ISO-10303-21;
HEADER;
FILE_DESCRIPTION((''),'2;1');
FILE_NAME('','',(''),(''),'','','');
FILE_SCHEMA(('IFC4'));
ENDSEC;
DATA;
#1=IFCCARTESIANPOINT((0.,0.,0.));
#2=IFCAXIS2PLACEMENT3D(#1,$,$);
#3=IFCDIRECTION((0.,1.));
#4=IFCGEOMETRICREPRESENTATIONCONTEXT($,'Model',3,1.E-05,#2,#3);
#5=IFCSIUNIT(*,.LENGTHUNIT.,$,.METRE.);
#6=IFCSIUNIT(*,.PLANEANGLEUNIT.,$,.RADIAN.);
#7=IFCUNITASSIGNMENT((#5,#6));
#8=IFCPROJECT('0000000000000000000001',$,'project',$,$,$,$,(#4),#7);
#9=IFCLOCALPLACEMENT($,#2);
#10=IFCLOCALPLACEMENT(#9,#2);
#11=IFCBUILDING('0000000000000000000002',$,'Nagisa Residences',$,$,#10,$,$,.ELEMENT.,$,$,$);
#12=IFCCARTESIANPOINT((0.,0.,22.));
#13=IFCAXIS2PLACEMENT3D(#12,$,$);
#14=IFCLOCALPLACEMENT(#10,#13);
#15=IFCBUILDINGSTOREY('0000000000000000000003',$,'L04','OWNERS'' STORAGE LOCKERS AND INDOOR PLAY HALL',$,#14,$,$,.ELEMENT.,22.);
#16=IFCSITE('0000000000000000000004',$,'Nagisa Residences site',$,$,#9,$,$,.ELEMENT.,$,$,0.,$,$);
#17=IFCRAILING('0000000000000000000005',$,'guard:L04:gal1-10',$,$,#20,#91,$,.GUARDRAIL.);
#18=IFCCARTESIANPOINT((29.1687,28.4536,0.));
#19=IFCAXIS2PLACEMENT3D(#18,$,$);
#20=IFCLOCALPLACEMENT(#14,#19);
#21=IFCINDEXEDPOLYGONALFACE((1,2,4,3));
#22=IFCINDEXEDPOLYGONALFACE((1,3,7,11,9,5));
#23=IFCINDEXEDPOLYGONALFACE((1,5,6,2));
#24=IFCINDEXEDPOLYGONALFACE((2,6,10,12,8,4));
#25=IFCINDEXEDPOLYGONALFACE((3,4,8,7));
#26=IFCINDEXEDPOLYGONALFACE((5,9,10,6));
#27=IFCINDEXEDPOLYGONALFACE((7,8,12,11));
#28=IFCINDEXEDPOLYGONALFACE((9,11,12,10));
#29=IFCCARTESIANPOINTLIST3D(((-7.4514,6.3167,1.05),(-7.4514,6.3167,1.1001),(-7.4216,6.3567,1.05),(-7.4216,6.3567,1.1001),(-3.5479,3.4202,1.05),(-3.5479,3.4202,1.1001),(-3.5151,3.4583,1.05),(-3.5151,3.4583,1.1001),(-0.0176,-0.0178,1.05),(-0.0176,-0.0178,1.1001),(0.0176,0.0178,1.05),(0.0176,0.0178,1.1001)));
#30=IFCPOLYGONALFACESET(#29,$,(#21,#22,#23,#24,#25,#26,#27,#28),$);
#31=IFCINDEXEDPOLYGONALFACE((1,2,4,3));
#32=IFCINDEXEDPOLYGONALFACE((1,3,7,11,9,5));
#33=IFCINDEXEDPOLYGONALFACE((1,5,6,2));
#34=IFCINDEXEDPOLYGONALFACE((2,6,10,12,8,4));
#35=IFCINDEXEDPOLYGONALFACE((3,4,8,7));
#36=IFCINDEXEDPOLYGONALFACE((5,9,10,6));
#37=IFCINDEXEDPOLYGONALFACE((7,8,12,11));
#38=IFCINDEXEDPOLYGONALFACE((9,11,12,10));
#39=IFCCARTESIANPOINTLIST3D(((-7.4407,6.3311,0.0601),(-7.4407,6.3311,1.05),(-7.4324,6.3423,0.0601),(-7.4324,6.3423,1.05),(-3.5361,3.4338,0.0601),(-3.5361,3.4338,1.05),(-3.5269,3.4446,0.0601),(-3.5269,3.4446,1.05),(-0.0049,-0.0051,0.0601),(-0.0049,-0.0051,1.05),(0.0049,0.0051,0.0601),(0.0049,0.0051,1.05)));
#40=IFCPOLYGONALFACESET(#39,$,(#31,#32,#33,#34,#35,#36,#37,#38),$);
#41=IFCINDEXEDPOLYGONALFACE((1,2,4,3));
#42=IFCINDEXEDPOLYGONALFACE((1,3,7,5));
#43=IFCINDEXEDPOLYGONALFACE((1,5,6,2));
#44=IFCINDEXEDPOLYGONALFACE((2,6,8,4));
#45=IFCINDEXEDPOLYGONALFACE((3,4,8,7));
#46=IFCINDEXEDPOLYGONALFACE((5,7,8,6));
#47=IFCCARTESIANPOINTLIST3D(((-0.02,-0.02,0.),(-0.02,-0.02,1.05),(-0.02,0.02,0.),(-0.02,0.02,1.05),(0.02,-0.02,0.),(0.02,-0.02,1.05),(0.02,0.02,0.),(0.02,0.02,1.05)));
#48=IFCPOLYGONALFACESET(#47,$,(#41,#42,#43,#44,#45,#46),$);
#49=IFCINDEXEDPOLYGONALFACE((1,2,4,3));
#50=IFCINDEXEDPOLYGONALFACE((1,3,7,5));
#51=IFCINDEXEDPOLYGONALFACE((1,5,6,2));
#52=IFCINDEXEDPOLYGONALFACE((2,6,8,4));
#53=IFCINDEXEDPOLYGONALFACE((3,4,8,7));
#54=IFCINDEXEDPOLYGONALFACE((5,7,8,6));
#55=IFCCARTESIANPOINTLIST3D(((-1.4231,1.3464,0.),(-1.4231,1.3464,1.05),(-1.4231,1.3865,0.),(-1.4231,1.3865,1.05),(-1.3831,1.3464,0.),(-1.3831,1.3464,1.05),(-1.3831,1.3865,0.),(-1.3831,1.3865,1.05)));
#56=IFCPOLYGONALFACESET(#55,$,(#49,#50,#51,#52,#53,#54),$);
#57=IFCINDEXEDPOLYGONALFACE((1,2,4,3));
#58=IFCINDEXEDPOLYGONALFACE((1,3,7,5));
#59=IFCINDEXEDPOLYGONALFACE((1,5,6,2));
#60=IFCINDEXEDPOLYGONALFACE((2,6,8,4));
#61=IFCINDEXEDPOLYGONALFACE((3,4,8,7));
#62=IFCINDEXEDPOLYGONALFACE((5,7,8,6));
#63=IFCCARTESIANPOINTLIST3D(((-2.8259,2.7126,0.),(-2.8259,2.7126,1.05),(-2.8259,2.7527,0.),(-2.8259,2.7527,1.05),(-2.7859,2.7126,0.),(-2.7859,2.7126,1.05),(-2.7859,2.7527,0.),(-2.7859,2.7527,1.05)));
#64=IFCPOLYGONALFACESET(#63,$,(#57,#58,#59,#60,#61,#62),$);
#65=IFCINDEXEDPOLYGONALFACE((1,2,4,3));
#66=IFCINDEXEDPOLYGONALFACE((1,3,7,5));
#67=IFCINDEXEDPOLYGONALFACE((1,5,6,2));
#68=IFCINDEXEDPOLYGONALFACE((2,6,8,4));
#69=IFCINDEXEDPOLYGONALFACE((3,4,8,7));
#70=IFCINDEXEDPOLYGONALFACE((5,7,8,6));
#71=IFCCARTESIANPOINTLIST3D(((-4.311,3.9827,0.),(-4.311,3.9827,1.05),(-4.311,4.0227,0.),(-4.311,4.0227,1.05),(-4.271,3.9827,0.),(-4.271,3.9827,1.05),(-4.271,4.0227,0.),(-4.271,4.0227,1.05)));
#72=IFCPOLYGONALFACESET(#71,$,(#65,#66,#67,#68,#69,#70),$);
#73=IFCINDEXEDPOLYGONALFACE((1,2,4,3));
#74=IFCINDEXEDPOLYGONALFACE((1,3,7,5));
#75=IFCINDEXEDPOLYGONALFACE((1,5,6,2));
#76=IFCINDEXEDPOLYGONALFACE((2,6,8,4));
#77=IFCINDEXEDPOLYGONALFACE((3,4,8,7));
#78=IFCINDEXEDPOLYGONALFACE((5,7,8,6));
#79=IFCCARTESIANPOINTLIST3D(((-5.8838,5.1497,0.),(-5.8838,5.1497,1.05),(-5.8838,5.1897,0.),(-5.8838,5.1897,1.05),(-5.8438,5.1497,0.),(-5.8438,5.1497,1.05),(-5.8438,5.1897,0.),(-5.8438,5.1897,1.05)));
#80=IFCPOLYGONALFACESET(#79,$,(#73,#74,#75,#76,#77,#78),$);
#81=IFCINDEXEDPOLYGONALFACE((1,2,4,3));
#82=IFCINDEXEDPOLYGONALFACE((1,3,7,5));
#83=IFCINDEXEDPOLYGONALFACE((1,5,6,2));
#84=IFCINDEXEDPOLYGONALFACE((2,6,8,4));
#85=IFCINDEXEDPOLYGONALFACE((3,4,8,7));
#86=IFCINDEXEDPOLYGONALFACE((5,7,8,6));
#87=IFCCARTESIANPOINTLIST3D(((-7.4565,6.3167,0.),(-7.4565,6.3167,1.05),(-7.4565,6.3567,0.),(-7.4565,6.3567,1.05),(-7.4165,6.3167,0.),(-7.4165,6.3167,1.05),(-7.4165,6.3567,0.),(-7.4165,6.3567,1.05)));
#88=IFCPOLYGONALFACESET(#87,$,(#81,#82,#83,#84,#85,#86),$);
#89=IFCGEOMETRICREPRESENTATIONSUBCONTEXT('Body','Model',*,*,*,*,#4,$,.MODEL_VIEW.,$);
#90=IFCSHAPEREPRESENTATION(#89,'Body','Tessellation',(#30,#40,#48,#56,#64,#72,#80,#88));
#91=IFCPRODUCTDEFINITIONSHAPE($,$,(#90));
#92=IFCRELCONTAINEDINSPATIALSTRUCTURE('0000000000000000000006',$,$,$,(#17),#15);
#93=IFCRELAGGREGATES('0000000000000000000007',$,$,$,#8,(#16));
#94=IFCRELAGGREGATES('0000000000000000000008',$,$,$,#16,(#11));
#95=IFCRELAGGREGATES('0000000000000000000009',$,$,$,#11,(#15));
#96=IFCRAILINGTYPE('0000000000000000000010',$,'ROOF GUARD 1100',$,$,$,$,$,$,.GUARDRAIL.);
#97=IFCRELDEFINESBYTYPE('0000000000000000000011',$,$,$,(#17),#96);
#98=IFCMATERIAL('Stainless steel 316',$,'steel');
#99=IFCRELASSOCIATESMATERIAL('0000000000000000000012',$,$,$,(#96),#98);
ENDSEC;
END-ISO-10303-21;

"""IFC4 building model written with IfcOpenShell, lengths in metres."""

from ifc_helpers import new_model, si_unit, direction, frame, origin, origin_2d, place, context, subcontext, project, spatial, polyline, rectangle, outline, extrude, material, type_object, element, save


model = new_model("IFC4")

# Units and contexts
model_context = context("Model", 3, precision=1e-05, world=origin(), true_north=direction((0.0, 1.0)))
body_context = subcontext(model_context, "Body", "Model", "MODEL_VIEW")
ifc_project = project(units=[si_unit("LENGTHUNIT", "METRE"), si_unit("PLANEANGLEUNIT", "RADIAN")], contexts=[model_context])

# Site, building, storey
site_placement = place(None, origin())
site = spatial("IfcSite", under=ifc_project, at=site_placement, Name="Nagisa Residences site", CompositionType="ELEMENT", RefElevation=0.0)
building_placement = place(site_placement, origin())
building = spatial("IfcBuilding", under=site, at=building_placement, Name="Nagisa Residences", CompositionType="ELEMENT")
storey_placement = place(building_placement, frame((0.0, 0.0, 22.0)))
storey = spatial("IfcBuildingStorey", under=building, at=storey_placement, Name="L04", Description="OWNERS' STORAGE LOCKERS AND INDOOR PLAY HALL", CompositionType="ELEMENT", Elevation=22.0)

# Railing
ifc_material_1 = material(Name="Stainless steel 316", Category="steel")
railing_type = type_object("IfcRailingType", Name="ROOF GUARD 1100", PredefinedType="GUARDRAIL", material=ifc_material_1)
railing_placement = place(storey_placement, frame((29.1687, 28.4536, 0.0)))
element("IfcRailing", 1, at=railing_placement, inside=storey, type_object=railing_type, Name="guard:L04:gal1-10", PredefinedType="GUARDRAIL", context=body_context, shape_type="SweptSolid", body=[
    extrude(outline(polyline([(-3.5479, 3.4202), (-0.0176, -0.0178), (0.0176, 0.0178), (-3.5151, 3.4583), (-7.4216, 6.3567), (-7.4514, 6.3167), (-3.5479, 3.4202)])), frame((0.0, 0.0, 1.05)), (0.0, 0.0, 1.0), 0.05),
    extrude(outline(polyline([(-3.5361, 3.4338), (-0.0049, -0.0051), (0.0049, 0.0051), (-3.5269, 3.4446), (-7.4324, 6.3423), (-7.4407, 6.3311), (-3.5361, 3.4338)])), frame((0.0, 0.0, 0.0601)), (0.0, 0.0, 1.0), 0.99),
    extrude(rectangle(XDim=0.04, YDim=0.04, at=origin_2d()), origin(), (0.0, 0.0, 1.0), 1.05),
    extrude(rectangle(XDim=0.04, YDim=0.04, at=origin_2d()), frame((-1.4031, 1.3665, 0.0)), (0.0, 0.0, 1.0), 1.05),
    extrude(rectangle(XDim=0.04, YDim=0.04, at=origin_2d()), frame((-2.8059, 2.7327, 0.0)), (0.0, 0.0, 1.0), 1.05),
    extrude(rectangle(XDim=0.04, YDim=0.04, at=origin_2d()), frame((-4.291, 4.0027, 0.0)), (0.0, 0.0, 1.0), 1.05),
    extrude(rectangle(XDim=0.04, YDim=0.04, at=origin_2d()), frame((-5.8638, 5.1697, 0.0)), (0.0, 0.0, 1.0), 1.05),
    extrude(rectangle(XDim=0.04, YDim=0.04, at=origin_2d()), frame((-7.4365, 6.3367, 0.0)), (0.0, 0.0, 1.0), 1.05),
])

save(model, "model.ifc")
